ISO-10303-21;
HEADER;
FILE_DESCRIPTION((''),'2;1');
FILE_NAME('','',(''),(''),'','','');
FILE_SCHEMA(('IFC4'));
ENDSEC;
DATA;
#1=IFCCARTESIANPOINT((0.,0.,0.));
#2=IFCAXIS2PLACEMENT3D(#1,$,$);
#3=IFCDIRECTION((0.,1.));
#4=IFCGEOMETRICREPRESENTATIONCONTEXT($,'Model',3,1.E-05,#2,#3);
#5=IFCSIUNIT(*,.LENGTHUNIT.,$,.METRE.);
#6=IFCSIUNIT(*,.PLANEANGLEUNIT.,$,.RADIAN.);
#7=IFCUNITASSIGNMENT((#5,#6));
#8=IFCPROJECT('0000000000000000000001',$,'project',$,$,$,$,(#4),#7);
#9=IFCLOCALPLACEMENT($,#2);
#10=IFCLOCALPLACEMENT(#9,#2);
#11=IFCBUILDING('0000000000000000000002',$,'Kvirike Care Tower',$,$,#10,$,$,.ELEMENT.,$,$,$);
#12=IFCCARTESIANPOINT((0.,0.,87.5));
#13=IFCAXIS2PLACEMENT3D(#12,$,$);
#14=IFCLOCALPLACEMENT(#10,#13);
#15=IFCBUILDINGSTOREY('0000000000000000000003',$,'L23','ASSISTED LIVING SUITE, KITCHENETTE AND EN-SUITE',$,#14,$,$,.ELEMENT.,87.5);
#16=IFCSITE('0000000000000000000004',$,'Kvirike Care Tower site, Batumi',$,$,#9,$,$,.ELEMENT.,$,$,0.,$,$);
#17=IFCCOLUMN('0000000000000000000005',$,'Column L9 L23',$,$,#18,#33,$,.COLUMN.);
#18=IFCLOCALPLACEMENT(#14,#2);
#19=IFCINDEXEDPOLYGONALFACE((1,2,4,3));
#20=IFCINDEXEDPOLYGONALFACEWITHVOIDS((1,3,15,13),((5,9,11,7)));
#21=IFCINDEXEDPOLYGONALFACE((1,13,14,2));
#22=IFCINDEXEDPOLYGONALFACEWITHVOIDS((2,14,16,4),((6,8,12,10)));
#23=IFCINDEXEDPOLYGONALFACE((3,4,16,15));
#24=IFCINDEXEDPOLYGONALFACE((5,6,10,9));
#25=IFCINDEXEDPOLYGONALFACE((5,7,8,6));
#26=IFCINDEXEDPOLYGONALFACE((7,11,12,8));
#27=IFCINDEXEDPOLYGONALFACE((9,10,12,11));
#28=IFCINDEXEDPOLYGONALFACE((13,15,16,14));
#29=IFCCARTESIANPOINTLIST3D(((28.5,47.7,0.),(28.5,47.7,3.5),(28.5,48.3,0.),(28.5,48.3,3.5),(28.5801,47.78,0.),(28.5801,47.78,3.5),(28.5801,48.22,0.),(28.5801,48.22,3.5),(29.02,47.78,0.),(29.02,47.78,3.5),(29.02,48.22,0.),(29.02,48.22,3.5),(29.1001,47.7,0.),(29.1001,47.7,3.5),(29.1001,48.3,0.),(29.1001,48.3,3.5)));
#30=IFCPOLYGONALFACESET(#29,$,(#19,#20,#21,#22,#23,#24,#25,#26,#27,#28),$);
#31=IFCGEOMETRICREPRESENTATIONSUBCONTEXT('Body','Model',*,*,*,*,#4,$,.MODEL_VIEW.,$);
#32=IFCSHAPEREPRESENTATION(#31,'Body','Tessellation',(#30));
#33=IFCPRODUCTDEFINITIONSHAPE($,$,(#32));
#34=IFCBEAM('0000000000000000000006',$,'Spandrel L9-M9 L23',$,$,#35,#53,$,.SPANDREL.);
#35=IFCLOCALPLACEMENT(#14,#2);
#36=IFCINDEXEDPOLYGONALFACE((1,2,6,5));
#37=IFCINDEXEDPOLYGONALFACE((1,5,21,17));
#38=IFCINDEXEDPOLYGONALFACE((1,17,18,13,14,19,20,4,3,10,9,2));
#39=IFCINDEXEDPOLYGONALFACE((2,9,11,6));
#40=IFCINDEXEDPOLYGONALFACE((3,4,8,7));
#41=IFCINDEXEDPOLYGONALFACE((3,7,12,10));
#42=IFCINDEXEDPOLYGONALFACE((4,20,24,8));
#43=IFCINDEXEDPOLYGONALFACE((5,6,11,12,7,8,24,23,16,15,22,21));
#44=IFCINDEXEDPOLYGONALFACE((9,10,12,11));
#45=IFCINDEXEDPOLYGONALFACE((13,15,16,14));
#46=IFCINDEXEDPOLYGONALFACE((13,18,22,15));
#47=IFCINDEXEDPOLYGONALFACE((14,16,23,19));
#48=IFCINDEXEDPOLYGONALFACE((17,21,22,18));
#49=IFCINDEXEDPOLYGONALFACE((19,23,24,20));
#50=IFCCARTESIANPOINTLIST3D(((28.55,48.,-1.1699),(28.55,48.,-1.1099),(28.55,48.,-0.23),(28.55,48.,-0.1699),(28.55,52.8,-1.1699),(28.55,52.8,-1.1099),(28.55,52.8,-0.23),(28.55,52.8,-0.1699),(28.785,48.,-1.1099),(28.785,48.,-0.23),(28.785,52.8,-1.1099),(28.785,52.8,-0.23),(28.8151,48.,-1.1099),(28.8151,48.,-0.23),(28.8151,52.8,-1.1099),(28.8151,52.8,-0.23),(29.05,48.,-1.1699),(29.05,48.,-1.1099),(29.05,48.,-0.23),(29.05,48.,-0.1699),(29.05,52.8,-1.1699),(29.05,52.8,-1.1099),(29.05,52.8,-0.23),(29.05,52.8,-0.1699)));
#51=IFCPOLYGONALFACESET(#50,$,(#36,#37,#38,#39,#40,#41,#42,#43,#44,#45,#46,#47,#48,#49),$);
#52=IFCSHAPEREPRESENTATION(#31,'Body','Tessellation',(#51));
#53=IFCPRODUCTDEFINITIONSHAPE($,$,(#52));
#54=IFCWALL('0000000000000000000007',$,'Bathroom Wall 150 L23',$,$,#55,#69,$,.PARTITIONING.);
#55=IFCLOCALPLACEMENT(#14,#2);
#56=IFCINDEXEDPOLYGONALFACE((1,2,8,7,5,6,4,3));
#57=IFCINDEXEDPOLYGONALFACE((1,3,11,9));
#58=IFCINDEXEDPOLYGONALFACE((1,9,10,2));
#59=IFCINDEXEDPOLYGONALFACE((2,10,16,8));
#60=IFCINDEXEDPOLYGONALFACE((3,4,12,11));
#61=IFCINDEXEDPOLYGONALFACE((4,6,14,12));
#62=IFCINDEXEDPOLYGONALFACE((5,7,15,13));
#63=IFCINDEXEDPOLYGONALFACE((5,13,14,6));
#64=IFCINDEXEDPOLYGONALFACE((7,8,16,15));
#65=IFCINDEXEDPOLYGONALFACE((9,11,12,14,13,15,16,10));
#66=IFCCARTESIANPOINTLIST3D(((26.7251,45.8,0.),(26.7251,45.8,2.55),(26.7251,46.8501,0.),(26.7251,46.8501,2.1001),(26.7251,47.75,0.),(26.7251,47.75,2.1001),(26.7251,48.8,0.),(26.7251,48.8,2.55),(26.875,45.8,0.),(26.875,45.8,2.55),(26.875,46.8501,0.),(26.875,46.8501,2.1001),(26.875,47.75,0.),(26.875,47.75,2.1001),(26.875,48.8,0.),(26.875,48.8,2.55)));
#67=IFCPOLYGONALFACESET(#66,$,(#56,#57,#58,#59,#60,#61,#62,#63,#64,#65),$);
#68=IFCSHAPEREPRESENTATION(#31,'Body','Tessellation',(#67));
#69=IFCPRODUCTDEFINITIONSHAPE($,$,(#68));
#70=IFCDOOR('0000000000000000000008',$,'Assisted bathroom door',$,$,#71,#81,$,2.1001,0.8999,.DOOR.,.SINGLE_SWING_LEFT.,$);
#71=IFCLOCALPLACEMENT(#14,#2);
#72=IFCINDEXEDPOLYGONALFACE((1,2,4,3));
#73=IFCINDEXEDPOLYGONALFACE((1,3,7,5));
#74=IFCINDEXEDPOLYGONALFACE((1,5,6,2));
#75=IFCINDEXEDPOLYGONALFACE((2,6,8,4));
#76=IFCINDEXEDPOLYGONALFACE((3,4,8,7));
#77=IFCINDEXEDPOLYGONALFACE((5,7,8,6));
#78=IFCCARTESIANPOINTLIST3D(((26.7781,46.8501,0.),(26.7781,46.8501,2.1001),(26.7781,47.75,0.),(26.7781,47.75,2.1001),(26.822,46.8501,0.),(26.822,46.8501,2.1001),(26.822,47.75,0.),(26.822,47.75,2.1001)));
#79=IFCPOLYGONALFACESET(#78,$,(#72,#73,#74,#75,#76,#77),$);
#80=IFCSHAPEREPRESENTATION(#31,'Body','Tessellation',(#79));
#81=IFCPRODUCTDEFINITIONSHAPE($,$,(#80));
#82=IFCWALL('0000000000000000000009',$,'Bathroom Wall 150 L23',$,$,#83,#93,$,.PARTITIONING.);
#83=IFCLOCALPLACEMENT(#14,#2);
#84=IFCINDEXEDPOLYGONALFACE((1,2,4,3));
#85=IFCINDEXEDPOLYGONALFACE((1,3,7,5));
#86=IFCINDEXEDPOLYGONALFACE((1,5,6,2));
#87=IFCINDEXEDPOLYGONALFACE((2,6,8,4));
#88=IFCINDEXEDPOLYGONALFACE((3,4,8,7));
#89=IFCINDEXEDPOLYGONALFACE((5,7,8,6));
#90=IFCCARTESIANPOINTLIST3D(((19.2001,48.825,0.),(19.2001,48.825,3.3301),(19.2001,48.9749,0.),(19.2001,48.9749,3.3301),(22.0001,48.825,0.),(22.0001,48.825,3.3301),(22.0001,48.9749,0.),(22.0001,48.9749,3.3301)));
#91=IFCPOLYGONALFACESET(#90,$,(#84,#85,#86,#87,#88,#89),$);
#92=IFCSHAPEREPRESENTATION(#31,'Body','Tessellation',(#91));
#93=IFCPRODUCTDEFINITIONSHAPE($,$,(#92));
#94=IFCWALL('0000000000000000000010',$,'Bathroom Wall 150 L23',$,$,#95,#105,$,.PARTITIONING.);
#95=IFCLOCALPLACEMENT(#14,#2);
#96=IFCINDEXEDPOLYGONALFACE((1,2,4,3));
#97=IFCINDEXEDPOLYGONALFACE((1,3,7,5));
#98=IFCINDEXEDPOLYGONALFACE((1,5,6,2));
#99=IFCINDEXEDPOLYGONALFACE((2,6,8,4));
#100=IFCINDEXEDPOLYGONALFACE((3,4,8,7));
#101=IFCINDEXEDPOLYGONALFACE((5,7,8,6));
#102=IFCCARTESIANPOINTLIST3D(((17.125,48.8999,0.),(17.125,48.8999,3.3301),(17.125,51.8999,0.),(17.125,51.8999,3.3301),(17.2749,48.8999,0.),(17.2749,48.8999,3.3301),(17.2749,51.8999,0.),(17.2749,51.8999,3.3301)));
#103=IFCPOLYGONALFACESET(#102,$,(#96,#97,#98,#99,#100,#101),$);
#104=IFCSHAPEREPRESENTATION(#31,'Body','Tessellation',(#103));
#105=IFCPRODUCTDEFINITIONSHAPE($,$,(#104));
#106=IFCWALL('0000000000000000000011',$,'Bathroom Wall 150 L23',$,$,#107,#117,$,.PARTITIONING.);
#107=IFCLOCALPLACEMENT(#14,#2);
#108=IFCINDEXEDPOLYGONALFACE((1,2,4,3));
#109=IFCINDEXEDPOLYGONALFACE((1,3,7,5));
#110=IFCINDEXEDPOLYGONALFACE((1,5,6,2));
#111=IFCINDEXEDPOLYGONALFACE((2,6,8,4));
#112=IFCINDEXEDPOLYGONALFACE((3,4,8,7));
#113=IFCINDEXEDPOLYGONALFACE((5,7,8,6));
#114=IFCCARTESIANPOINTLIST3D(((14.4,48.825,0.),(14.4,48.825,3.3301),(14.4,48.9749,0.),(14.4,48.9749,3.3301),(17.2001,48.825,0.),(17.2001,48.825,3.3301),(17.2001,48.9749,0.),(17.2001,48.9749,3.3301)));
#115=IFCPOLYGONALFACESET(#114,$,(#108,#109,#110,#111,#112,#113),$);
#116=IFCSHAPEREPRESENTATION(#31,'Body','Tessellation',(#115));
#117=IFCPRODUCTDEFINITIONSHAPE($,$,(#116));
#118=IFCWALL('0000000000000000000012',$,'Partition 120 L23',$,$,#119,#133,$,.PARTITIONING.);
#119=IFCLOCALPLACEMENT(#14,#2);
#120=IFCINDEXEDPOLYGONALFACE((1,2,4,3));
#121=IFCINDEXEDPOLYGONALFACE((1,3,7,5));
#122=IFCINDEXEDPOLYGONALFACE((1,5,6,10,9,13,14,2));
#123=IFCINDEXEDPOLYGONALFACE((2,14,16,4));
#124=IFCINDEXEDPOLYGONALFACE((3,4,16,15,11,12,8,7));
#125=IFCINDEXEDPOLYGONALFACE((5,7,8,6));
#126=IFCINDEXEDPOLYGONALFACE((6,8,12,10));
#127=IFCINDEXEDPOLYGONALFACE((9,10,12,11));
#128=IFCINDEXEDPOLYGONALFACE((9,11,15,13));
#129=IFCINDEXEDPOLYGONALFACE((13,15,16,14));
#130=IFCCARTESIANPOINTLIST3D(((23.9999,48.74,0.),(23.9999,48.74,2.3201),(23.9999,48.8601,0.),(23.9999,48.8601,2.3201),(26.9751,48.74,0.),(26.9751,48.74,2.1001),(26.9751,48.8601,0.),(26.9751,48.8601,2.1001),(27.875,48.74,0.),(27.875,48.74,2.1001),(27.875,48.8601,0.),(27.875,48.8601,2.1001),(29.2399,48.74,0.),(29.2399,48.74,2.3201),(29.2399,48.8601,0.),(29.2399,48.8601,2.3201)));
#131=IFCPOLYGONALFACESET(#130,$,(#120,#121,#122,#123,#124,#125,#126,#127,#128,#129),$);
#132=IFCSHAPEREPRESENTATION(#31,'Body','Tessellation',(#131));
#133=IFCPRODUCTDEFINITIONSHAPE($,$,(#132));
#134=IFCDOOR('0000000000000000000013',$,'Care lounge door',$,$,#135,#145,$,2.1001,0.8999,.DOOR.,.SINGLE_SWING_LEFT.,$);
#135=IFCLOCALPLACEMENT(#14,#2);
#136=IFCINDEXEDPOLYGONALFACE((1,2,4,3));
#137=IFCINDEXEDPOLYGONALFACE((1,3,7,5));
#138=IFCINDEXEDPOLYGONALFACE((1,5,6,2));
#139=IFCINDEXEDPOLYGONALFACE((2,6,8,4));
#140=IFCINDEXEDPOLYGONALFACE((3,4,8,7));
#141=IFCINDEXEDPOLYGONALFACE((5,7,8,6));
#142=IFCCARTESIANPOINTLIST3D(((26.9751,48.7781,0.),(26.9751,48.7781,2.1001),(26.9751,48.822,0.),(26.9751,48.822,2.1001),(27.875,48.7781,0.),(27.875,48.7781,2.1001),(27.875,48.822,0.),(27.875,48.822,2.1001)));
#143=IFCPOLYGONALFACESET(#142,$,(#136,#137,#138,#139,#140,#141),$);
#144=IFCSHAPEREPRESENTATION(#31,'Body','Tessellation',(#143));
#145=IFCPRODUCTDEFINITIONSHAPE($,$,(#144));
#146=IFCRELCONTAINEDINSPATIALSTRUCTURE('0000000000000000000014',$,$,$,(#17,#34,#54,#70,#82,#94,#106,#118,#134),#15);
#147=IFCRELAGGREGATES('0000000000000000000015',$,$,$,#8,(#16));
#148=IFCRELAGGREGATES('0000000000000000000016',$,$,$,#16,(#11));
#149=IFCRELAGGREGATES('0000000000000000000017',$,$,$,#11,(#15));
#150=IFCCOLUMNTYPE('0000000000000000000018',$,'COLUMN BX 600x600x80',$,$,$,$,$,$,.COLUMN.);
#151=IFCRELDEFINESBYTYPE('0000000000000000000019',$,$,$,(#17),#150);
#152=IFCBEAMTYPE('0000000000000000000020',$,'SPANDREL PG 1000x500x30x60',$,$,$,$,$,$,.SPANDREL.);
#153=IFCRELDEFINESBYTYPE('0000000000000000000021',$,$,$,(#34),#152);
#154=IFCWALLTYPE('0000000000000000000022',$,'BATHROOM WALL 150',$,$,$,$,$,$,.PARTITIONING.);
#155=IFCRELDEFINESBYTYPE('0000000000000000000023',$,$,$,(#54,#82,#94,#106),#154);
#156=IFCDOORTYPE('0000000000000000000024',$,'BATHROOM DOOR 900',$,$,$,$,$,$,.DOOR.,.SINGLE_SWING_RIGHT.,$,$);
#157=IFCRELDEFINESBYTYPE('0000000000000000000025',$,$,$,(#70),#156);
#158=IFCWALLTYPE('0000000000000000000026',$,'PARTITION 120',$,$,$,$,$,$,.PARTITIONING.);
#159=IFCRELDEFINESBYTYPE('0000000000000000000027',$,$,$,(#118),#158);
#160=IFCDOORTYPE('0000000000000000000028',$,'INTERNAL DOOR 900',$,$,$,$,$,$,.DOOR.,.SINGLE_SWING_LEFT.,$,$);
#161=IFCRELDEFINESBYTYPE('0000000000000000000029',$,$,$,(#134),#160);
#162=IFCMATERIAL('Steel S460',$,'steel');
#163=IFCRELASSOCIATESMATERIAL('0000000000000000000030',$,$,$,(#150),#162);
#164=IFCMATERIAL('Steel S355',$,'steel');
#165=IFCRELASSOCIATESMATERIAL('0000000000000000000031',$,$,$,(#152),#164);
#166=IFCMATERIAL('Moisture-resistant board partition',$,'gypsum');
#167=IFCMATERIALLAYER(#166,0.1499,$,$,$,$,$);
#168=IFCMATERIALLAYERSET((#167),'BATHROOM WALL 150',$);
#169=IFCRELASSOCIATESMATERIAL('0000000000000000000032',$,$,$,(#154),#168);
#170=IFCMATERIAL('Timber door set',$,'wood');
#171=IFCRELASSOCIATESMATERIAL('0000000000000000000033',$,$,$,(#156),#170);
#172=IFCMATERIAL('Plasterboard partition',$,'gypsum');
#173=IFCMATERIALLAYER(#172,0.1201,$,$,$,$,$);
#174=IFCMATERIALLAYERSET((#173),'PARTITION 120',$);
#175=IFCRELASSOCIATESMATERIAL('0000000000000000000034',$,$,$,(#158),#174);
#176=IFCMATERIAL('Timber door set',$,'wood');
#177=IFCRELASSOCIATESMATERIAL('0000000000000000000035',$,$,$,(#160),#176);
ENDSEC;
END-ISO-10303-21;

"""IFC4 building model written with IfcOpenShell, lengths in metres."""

from ifc_helpers import new_model, si_unit, direction, frame, frame_2d, origin, origin_2d, place, context, subcontext, project, spatial, rectangle, hollow_rectangle, i_section, extrude, material, layer, layer_set, material_profile, profile_set, type_object, element, fill, save


model = new_model("IFC4")

# Units and contexts
model_context = context("Model", 3, precision=1e-05, world=origin(), true_north=direction((0.0, 1.0)))
body_context = subcontext(model_context, "Body", "Model", "MODEL_VIEW")
ifc_project = project(units=[si_unit("LENGTHUNIT", "METRE"), si_unit("PLANEANGLEUNIT", "RADIAN")], contexts=[model_context])

# Site, building, storey
site_placement = place(None, origin())
site = spatial("IfcSite", under=ifc_project, at=site_placement, Name="Kvirike Care Tower site, Batumi", CompositionType="ELEMENT", RefElevation=0.0)
building_placement = place(site_placement, origin())
building = spatial("IfcBuilding", under=site, at=building_placement, Name="Kvirike Care Tower", CompositionType="ELEMENT")
storey_placement = place(building_placement, frame((0.0, 0.0, 87.5)))
storey = spatial("IfcBuildingStorey", under=building, at=storey_placement, Name="L23", Description="ASSISTED LIVING SUITE, KITCHENETTE AND EN-SUITE", CompositionType="ELEMENT", Elevation=87.5)

# Column
ifc_material_1 = material(Name="Steel S460", Category="steel")
ifc_material_profile_1 = material_profile(ifc_material_1, hollow_rectangle(XDim=0.6001, YDim=0.6001, WallThickness=0.0801, at=origin_2d()), Name="BX 600x600x80")
ifc_profile_set_1 = profile_set([ifc_material_profile_1], Name="Steel S460")
column_type = type_object("IfcColumnType", Name="COLUMN BX 600x600x80", PredefinedType="COLUMN", material=ifc_profile_set_1)
column_placement = place(storey_placement, frame((28.8, 48.0, 0.0), z_axis=(0.0, 0.0, 1.0), x_axis=(1.0, 0.0, 0.0)))
element("IfcColumn", 1, at=column_placement, inside=storey, type_object=column_type, Name="Column L9 L23", PredefinedType="COLUMN", context=body_context, shape_type="SweptSolid", body=[
    extrude(hollow_rectangle(XDim=0.6001, YDim=0.6001, WallThickness=0.0801, at=origin_2d()), origin(), (0.0, 0.0, 1.0), 3.5),
])

# Beam
ifc_material_2 = material(Name="Steel S355", Category="steel")
ifc_material_profile_2 = material_profile(ifc_material_2, i_section(OverallWidth=0.5, OverallDepth=1.0, WebThickness=0.03, FlangeThickness=0.0601, at=origin_2d()), Name="PG 1000x500x30x60")
ifc_profile_set_2 = profile_set([ifc_material_profile_2], Name="Steel S355")
beam_type = type_object("IfcBeamType", Name="SPANDREL PG 1000x500x30x60", PredefinedType="SPANDREL", material=ifc_profile_set_2)
beam_placement = place(storey_placement, frame((28.8, 48.0, -0.6699), z_axis=(0.0, 1.0, 0.0), x_axis=(-1.0, 0.0, 0.0)))
element("IfcBeam", 2, at=beam_placement, inside=storey, type_object=beam_type, Name="Spandrel L9-M9 L23", PredefinedType="SPANDREL", context=body_context, shape_type="SweptSolid", body=[
    extrude(i_section(OverallWidth=0.5, OverallDepth=1.0, WebThickness=0.03, FlangeThickness=0.0601, at=origin_2d()), origin(), (0.0, 0.0, 1.0), 4.8),
])

# Wall, opening, door
ifc_material_3 = material(Name="Moisture-resistant board partition", Category="gypsum")
ifc_layer_1 = layer(ifc_material_3, 0.1499)
ifc_layer_set_1 = layer_set([ifc_layer_1], Name="BATHROOM WALL 150")
wall_type_1 = type_object("IfcWallType", Name="BATHROOM WALL 150", PredefinedType="PARTITIONING", material=ifc_layer_set_1)
wall_1_placement = place(storey_placement, frame((26.8, 48.8, 0.0), z_axis=(0.0, 0.0, 1.0), x_axis=(0.0, -1.0, 0.0)))
wall_1 = element("IfcWall", 3, at=wall_1_placement, inside=storey, type_object=wall_type_1, Name="Bathroom Wall 150 L23", PredefinedType="PARTITIONING", context=body_context, shape_type="SweptSolid", body=[
    extrude(rectangle(XDim=3.0, YDim=0.1499, at=frame_2d((1.5, 0.0))), origin(), (0.0, 0.0, 1.0), 2.55),
])
opening_1_placement = place(wall_1_placement, frame((1.05, 0.0, 0.0)))
opening_1 = element("IfcOpeningElement", 4, at=opening_1_placement, cuts=wall_1, PredefinedType="OPENING", context=body_context, shape_type="SweptSolid", body=[
    extrude(rectangle(XDim=0.8999, YDim=2.1001, at=frame_2d((0.45, 1.05))), frame((0.0, 0.0854, 0.0), z_axis=(0.0, -1.0, 0.0), x_axis=(1.0, 0.0, 0.0)), (0.0, 0.0, 1.0), 0.1709),
])
ifc_material_4 = material(Name="Timber door set", Category="wood")
door_type_1 = type_object("IfcDoorType", Name="BATHROOM DOOR 900", OperationType="SINGLE_SWING_RIGHT", PredefinedType="DOOR", material=ifc_material_4)
door_1_placement = place(opening_1_placement, origin())
door_1 = element("IfcDoor", 5, at=door_1_placement, inside=storey, type_object=door_type_1, Name="Assisted bathroom door", OperationType="SINGLE_SWING_LEFT", OverallHeight=2.1001, OverallWidth=0.8999, PredefinedType="DOOR", context=body_context, shape_type="SweptSolid", body=[
    extrude(rectangle(XDim=0.8999, YDim=2.1001, at=frame_2d((0.45, 1.05))), frame((0.0, 0.022, 0.0), z_axis=(0.0, -1.0, 0.0), x_axis=(1.0, 0.0, 0.0)), (0.0, 0.0, 1.0), 0.0439),
])
fill(opening_1, door_1)

# Walls
wall_2_placement = place(storey_placement, frame((22.0, 48.8999, 0.0), z_axis=(0.0, 0.0, 1.0), x_axis=(-1.0, 0.0, 0.0)))
element("IfcWall", 6, at=wall_2_placement, inside=storey, type_object=wall_type_1, Name="Bathroom Wall 150 L23", PredefinedType="PARTITIONING", context=body_context, shape_type="SweptSolid", body=[
    extrude(rectangle(XDim=2.8, YDim=0.1499, at=frame_2d((1.3999, 0.0))), origin(), (0.0, 0.0, 1.0), 3.3301),
])
wall_3_placement = place(storey_placement, frame((17.2, 51.8999, 0.0), z_axis=(0.0, 0.0, 1.0), x_axis=(0.0, -1.0, 0.0)))
element("IfcWall", 7, at=wall_3_placement, inside=storey, type_object=wall_type_1, Name="Bathroom Wall 150 L23", PredefinedType="PARTITIONING", context=body_context, shape_type="SweptSolid", body=[
    extrude(rectangle(XDim=3.0, YDim=0.1499, at=frame_2d((1.5, 0.0))), origin(), (0.0, 0.0, 1.0), 3.3301),
])
wall_4_placement = place(storey_placement, frame((17.2, 48.8999, 0.0), z_axis=(0.0, 0.0, 1.0), x_axis=(-1.0, 0.0, 0.0)))
element("IfcWall", 8, at=wall_4_placement, inside=storey, type_object=wall_type_1, Name="Bathroom Wall 150 L23", PredefinedType="PARTITIONING", context=body_context, shape_type="SweptSolid", body=[
    extrude(rectangle(XDim=2.8, YDim=0.1499, at=frame_2d((1.3999, 0.0))), origin(), (0.0, 0.0, 1.0), 3.3301),
])

# Wall, opening, door
ifc_material_5 = material(Name="Plasterboard partition", Category="gypsum")
ifc_layer_2 = layer(ifc_material_5, 0.1201)
ifc_layer_set_2 = layer_set([ifc_layer_2], Name="PARTITION 120")
wall_type_2 = type_object("IfcWallType", Name="PARTITION 120", PredefinedType="PARTITIONING", material=ifc_layer_set_2)
wall_5_placement = place(storey_placement, frame((29.24, 48.8, 0.0), z_axis=(0.0, 0.0, 1.0), x_axis=(-1.0, 0.0, 0.0)))
wall_5 = element("IfcWall", 9, at=wall_5_placement, inside=storey, type_object=wall_type_2, Name="Partition 120 L23", PredefinedType="PARTITIONING", context=body_context, shape_type="SweptSolid", body=[
    extrude(rectangle(XDim=5.24, YDim=0.1201, at=frame_2d((2.6201, 0.0))), origin(), (0.0, 0.0, 1.0), 2.3201),
])
opening_2_placement = place(wall_5_placement, frame((1.365, 0.0, 0.0)))
opening_2 = element("IfcOpeningElement", 10, at=opening_2_placement, cuts=wall_5, PredefinedType="OPENING", context=body_context, shape_type="SweptSolid", body=[
    extrude(rectangle(XDim=0.8999, YDim=2.1001, at=frame_2d((0.45, 1.05))), frame((0.0, 0.0706, 0.0), z_axis=(0.0, -1.0, 0.0), x_axis=(1.0, 0.0, 0.0)), (0.0, 0.0, 1.0), 0.1411),
])
ifc_material_6 = material(Name="Timber door set", Category="wood")
door_type_2 = type_object("IfcDoorType", Name="INTERNAL DOOR 900", OperationType="SINGLE_SWING_LEFT", PredefinedType="DOOR", material=ifc_material_6)
door_2_placement = place(opening_2_placement, origin())
door_2 = element("IfcDoor", 11, at=door_2_placement, inside=storey, type_object=door_type_2, Name="Care lounge door", OperationType="SINGLE_SWING_LEFT", OverallHeight=2.1001, OverallWidth=0.8999, PredefinedType="DOOR", context=body_context, shape_type="SweptSolid", body=[
    extrude(rectangle(XDim=0.8999, YDim=2.1001, at=frame_2d((0.45, 1.05))), frame((0.0, 0.022, 0.0), z_axis=(0.0, -1.0, 0.0), x_axis=(1.0, 0.0, 0.0)), (0.0, 0.0, 1.0), 0.0439),
])
fill(opening_2, door_2)

save(model, "model.ifc")
